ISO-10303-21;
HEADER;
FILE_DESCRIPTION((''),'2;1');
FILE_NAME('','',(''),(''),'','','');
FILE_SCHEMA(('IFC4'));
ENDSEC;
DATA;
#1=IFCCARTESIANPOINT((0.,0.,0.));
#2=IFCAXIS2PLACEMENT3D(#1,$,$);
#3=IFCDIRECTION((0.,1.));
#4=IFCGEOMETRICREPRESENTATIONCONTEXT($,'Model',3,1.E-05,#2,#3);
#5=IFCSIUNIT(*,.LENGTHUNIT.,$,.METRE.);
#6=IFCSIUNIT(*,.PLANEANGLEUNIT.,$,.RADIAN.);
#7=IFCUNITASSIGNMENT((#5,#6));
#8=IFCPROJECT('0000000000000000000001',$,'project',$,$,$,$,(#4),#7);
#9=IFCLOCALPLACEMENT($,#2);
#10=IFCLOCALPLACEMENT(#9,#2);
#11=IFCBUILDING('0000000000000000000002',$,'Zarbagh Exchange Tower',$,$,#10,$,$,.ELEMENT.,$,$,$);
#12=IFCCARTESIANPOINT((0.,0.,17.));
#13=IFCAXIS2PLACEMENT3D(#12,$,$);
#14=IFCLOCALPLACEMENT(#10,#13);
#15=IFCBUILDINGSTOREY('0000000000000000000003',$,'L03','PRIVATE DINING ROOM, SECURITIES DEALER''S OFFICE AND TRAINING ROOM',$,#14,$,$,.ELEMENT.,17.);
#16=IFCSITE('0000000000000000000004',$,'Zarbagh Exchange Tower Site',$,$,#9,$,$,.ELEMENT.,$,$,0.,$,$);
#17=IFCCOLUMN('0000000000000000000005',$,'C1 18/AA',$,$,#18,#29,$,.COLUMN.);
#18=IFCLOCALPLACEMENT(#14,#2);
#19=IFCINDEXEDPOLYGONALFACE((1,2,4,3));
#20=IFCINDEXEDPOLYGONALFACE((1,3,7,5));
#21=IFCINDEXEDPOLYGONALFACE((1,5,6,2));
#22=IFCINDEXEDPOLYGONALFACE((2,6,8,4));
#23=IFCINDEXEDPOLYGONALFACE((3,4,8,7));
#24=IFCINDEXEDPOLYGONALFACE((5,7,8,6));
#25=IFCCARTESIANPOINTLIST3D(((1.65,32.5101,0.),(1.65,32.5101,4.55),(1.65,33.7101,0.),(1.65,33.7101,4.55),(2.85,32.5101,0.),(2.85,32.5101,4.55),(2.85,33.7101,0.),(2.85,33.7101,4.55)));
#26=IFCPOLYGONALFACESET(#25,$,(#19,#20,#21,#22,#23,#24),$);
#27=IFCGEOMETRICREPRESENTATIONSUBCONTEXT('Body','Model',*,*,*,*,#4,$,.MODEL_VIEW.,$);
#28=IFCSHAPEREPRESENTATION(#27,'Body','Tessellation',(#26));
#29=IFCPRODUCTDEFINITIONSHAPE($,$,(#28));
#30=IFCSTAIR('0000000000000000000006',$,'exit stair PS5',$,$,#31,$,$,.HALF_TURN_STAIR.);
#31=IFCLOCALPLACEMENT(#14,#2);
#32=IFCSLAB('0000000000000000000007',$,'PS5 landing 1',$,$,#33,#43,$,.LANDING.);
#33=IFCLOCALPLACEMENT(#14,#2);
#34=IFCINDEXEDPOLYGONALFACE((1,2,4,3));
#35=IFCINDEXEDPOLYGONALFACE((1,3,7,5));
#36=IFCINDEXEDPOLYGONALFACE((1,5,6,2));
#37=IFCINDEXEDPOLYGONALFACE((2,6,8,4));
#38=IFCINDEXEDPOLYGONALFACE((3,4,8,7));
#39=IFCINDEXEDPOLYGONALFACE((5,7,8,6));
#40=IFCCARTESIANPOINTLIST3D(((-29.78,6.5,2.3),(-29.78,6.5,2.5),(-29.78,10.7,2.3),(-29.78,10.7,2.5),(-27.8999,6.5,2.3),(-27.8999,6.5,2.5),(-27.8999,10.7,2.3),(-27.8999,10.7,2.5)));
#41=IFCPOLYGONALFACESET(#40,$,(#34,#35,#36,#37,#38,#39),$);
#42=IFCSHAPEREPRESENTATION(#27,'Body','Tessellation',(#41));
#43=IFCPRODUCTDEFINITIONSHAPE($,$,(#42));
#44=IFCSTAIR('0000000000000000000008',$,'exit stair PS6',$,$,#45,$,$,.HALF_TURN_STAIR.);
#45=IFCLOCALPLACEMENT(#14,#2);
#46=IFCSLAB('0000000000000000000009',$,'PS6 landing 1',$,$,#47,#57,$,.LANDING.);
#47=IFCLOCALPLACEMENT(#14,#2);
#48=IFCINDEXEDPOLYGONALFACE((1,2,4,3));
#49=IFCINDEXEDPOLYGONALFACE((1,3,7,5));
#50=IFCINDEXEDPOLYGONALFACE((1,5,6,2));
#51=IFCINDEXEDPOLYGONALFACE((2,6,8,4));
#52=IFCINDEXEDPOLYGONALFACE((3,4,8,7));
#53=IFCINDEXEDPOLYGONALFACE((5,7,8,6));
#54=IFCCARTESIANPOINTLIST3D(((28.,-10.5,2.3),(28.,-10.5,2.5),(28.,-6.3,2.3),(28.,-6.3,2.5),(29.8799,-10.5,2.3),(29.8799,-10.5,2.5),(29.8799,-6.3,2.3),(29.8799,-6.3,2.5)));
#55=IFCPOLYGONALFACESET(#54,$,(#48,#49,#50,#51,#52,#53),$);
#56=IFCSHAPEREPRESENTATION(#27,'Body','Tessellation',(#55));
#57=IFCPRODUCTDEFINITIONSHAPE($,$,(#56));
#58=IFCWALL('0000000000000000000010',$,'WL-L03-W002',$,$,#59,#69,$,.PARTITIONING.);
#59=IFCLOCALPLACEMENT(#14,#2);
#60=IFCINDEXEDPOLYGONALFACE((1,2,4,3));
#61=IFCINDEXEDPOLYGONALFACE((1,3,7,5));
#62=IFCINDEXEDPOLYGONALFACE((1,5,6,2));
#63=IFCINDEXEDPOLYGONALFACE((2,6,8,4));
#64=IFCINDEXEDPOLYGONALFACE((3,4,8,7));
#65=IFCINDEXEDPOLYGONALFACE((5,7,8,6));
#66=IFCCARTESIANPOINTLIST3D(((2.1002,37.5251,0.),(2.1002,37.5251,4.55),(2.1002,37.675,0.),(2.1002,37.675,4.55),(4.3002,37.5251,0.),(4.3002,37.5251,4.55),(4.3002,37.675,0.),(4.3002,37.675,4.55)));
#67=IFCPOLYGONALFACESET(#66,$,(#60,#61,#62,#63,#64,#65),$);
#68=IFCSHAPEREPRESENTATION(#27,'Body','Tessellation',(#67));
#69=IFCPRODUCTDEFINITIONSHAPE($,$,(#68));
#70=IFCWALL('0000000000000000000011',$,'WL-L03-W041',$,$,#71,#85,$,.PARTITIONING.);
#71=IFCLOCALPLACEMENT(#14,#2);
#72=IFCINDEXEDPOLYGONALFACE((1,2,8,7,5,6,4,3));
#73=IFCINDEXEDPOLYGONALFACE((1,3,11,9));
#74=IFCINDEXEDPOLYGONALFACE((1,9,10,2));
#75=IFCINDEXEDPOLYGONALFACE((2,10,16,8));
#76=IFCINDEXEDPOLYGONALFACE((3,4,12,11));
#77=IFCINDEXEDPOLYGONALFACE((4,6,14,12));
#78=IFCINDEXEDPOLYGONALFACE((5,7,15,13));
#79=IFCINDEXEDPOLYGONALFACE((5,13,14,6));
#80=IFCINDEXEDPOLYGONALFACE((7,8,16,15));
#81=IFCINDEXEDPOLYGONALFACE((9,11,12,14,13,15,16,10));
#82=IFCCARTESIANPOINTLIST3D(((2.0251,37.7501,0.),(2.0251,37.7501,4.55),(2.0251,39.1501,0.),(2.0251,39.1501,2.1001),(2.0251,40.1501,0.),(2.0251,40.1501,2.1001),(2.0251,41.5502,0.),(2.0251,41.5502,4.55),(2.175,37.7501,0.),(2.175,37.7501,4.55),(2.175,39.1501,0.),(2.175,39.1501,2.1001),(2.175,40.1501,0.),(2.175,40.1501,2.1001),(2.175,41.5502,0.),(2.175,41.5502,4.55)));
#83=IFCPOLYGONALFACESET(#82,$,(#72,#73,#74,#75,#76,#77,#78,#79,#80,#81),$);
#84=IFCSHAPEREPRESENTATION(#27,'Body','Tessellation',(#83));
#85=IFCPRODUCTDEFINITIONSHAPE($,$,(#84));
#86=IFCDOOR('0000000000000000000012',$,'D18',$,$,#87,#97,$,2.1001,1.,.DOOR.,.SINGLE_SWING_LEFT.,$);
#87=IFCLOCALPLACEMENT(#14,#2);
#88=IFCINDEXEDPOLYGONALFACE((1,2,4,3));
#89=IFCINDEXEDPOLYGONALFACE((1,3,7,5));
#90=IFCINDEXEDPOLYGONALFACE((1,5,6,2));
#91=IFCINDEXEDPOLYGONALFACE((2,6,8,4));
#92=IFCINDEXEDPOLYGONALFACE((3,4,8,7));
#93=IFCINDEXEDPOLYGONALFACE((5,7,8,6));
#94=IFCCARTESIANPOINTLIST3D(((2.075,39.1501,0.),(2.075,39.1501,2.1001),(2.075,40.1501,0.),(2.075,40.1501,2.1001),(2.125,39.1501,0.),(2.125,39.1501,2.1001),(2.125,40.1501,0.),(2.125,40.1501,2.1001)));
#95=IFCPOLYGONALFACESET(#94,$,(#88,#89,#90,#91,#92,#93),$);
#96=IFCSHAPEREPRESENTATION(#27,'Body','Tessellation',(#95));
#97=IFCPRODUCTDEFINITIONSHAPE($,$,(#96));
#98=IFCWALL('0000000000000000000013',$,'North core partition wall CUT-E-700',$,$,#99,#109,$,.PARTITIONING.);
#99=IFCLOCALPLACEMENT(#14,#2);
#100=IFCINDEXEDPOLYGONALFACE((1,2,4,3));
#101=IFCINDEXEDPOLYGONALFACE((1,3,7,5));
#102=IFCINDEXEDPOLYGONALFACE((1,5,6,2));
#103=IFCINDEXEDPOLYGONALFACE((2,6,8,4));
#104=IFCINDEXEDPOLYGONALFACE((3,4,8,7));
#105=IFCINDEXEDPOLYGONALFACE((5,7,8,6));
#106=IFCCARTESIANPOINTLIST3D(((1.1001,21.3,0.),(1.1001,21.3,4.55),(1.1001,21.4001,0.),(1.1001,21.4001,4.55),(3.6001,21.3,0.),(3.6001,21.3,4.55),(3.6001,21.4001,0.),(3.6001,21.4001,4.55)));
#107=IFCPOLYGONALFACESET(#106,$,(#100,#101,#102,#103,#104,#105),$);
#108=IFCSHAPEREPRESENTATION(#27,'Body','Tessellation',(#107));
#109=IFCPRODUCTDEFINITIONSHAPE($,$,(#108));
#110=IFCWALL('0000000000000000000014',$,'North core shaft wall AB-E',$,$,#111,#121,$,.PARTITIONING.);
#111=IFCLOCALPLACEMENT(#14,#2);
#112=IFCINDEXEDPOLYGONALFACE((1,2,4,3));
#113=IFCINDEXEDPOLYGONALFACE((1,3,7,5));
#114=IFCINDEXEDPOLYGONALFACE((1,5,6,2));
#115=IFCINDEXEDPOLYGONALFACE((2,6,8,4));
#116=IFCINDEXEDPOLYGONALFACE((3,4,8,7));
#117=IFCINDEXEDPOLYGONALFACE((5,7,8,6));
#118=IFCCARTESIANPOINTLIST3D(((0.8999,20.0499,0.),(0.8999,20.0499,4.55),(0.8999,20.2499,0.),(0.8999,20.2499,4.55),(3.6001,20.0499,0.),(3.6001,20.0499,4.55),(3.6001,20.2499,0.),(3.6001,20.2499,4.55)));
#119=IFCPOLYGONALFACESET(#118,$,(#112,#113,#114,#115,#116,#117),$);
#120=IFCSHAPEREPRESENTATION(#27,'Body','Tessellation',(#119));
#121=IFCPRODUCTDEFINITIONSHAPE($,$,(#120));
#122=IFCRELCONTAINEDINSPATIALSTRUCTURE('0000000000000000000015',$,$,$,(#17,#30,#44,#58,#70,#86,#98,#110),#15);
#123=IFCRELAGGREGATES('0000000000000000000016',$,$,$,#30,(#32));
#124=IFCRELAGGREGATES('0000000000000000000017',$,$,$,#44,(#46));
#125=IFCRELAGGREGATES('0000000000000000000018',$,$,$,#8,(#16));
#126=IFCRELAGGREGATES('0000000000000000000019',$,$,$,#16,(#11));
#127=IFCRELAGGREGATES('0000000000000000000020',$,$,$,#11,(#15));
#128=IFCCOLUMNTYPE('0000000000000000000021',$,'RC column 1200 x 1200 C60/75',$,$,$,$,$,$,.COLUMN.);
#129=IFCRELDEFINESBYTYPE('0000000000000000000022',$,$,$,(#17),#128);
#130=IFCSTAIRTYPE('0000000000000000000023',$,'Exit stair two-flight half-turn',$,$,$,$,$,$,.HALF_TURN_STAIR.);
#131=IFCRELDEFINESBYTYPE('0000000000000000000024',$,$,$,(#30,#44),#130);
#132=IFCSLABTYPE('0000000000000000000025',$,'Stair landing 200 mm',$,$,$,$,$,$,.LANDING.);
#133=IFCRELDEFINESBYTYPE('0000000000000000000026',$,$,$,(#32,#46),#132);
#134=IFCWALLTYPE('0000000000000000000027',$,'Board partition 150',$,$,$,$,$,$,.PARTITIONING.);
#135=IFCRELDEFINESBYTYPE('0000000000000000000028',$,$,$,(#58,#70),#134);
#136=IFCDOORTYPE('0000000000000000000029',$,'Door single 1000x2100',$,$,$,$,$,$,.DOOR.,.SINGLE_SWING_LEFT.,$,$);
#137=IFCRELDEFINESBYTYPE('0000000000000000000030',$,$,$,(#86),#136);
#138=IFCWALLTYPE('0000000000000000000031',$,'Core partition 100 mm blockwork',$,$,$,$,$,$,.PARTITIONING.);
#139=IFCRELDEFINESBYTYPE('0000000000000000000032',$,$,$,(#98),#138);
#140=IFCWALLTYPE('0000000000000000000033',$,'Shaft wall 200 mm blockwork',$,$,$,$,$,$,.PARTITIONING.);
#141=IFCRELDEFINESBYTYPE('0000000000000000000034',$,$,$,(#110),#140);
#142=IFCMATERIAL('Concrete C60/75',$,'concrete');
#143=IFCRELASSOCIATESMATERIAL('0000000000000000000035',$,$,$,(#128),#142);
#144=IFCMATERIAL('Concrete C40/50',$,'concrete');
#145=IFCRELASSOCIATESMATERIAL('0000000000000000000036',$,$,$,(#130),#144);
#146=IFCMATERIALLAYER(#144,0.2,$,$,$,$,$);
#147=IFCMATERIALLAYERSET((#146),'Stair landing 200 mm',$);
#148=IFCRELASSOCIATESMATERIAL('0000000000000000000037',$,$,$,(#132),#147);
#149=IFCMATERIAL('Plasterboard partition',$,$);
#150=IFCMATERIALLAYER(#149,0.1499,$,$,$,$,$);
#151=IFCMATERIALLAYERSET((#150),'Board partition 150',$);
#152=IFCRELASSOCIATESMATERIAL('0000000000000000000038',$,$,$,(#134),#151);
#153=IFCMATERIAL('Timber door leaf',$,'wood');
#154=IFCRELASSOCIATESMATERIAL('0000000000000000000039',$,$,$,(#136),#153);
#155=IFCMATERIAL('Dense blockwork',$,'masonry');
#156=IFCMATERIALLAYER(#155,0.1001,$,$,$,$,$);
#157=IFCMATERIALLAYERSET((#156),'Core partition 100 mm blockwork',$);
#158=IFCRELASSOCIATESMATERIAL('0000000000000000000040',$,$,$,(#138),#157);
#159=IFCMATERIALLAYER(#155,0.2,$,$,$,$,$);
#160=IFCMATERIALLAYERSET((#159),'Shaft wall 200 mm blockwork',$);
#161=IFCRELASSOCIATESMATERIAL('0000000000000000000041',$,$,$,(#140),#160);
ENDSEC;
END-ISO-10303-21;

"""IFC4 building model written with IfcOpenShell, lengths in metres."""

from ifc_helpers import new_model, si_unit, direction, frame, frame_2d, origin, origin_2d, place, context, subcontext, project, spatial, polyline, rectangle, outline, extrude, material, layer, layer_set, material_profile, profile_set, type_object, element, fill, aggregate, save


model = new_model("IFC4")

# Units and contexts
model_context = context("Model", 3, precision=1e-05, world=origin(), true_north=direction((0.0, 1.0)))
body_context = subcontext(model_context, "Body", "Model", "MODEL_VIEW")
ifc_project = project(units=[si_unit("LENGTHUNIT", "METRE"), si_unit("PLANEANGLEUNIT", "RADIAN")], contexts=[model_context])

# Site, building, storey
site_placement = place(None, origin())
site = spatial("IfcSite", under=ifc_project, at=site_placement, Name="Zarbagh Exchange Tower Site", CompositionType="ELEMENT", RefElevation=0.0)
building_placement = place(site_placement, origin())
building = spatial("IfcBuilding", under=site, at=building_placement, Name="Zarbagh Exchange Tower", CompositionType="ELEMENT")
storey_placement = place(building_placement, frame((0.0, 0.0, 17.0)))
storey = spatial("IfcBuildingStorey", under=building, at=storey_placement, Name="L03", Description="PRIVATE DINING ROOM, SECURITIES DEALER'S OFFICE AND TRAINING ROOM", CompositionType="ELEMENT", Elevation=17.0)

# Column
ifc_material_1 = material(Name="Concrete C60/75", Category="concrete")
ifc_material_profile = material_profile(ifc_material_1, rectangle(XDim=1.2, YDim=1.2, at=origin_2d()), Name="RC column 1200 x 1200 C60/75")
ifc_profile_set = profile_set([ifc_material_profile], Name="Concrete C60/75")
column_type = type_object("IfcColumnType", Name="RC column 1200 x 1200 C60/75", PredefinedType="COLUMN", material=ifc_profile_set)
column_placement = place(storey_placement, frame((2.25, 33.1101, 0.0), z_axis=(0.0, 0.0, 1.0), x_axis=(1.0, 0.0, 0.0)))
element("IfcColumn", 1, at=column_placement, inside=storey, type_object=column_type, Name="C1 18/AA", PredefinedType="COLUMN", context=body_context, shape_type="SweptSolid", body=[
    extrude(rectangle(XDim=1.2, YDim=1.2, at=origin_2d()), origin(), (0.0, 0.0, 1.0), 4.55),
])

# Stairs, slabs
ifc_material_2 = material(Name="Concrete C40/50", Category="concrete")
stair_type = type_object("IfcStairType", Name="Exit stair two-flight half-turn", PredefinedType="HALF_TURN_STAIR", material=ifc_material_2)
stair_1_placement = place(storey_placement, origin())
stair_1 = element("IfcStair", 2, at=stair_1_placement, inside=storey, type_object=stair_type, Name="exit stair PS5", PredefinedType="HALF_TURN_STAIR")
ifc_layer_1 = layer(ifc_material_2, 0.2)
ifc_layer_set_1 = layer_set([ifc_layer_1], Name="Stair landing 200 mm")
slab_type = type_object("IfcSlabType", Name="Stair landing 200 mm", PredefinedType="LANDING", material=ifc_layer_set_1)
slab_1_placement = place(storey_placement, frame((0.0, 0.0, 2.3)))
slab_1 = element("IfcSlab", 3, at=slab_1_placement, type_object=slab_type, Name="PS5 landing 1", PredefinedType="LANDING", context=body_context, shape_type="SweptSolid", body=[
    extrude(outline(polyline([(-29.78, 6.5), (-27.8999, 6.5), (-27.8999, 10.7), (-29.78, 10.7), (-29.78, 6.5)])), origin(), (0.0, 0.0, 1.0), 0.2),
])
aggregate(stair_1, [slab_1])
stair_2_placement = place(storey_placement, origin())
stair_2 = element("IfcStair", 4, at=stair_2_placement, inside=storey, type_object=stair_type, Name="exit stair PS6", PredefinedType="HALF_TURN_STAIR")
slab_2_placement = place(storey_placement, frame((0.0, 0.0, 2.3)))
slab_2 = element("IfcSlab", 5, at=slab_2_placement, type_object=slab_type, Name="PS6 landing 1", PredefinedType="LANDING", context=body_context, shape_type="SweptSolid", body=[
    extrude(outline(polyline([(29.8799, -6.3), (28.0, -6.3), (28.0, -10.5), (29.8799, -10.5), (29.8799, -6.3)])), origin(), (0.0, 0.0, 1.0), 0.2),
])
aggregate(stair_2, [slab_2])

# Wall
ifc_material_3 = material(Name="Plasterboard partition")
ifc_layer_2 = layer(ifc_material_3, 0.1499)
ifc_layer_set_2 = layer_set([ifc_layer_2], Name="Board partition 150")
wall_type_1 = type_object("IfcWallType", Name="Board partition 150", PredefinedType="PARTITIONING", material=ifc_layer_set_2)
wall_1_placement = place(storey_placement, frame((2.1001, 37.6001, 0.0), z_axis=(0.0, 0.0, 1.0), x_axis=(1.0, 0.0, 0.0)))
element("IfcWall", 6, at=wall_1_placement, inside=storey, type_object=wall_type_1, Name="WL-L03-W002", PredefinedType="PARTITIONING", context=body_context, shape_type="SweptSolid", body=[
    extrude(rectangle(XDim=2.2, YDim=0.1499, at=frame_2d((1.1001, 0.0))), origin(), (0.0, 0.0, 1.0), 4.55),
])

# Wall, opening, door
wall_2_placement = place(storey_placement, frame((2.1001, 41.55, 0.0), z_axis=(0.0, 0.0, 1.0), x_axis=(0.0, -1.0, 0.0)))
wall_2 = element("IfcWall", 7, at=wall_2_placement, inside=storey, type_object=wall_type_1, Name="WL-L03-W041", PredefinedType="PARTITIONING", context=body_context, shape_type="SweptSolid", body=[
    extrude(rectangle(XDim=3.8, YDim=0.1499, at=frame_2d((1.8999, 0.0))), origin(), (0.0, 0.0, 1.0), 4.55),
])
opening_1_placement = place(wall_2_placement, frame((1.3999, 0.0, 0.0)))
opening_1 = element("IfcOpeningElement", 8, at=opening_1_placement, cuts=wall_2, PredefinedType="OPENING", context=body_context, shape_type="SweptSolid", body=[
    extrude(rectangle(XDim=1.0, YDim=2.1001, at=frame_2d((0.5, 1.05))), frame((0.0, 0.085, 0.0), z_axis=(0.0, -1.0, 0.0), x_axis=(1.0, 0.0, 0.0)), (0.0, 0.0, 1.0), 0.1699),
])
ifc_material_4 = material(Name="Timber door leaf", Category="wood")
door_type_1 = type_object("IfcDoorType", Name="Door single 1000x2100", OperationType="SINGLE_SWING_LEFT", PredefinedType="DOOR", material=ifc_material_4)
door_1_placement = place(opening_1_placement, origin())
door_1 = element("IfcDoor", 9, at=door_1_placement, inside=storey, type_object=door_type_1, Name="D18", OperationType="SINGLE_SWING_LEFT", OverallHeight=2.1001, OverallWidth=1.0, PredefinedType="DOOR", context=body_context, shape_type="SweptSolid", body=[
    extrude(rectangle(XDim=1.0, YDim=2.1001, at=frame_2d((0.5, 1.05))), frame((0.0, 0.0249, 0.0), z_axis=(0.0, -1.0, 0.0), x_axis=(1.0, 0.0, 0.0)), (0.0, 0.0, 1.0), 0.05),
])
fill(opening_1, door_1)

# Walls
ifc_material_5 = material(Name="Dense blockwork", Category="masonry")
ifc_layer_3 = layer(ifc_material_5, 0.1001)
ifc_layer_set_3 = layer_set([ifc_layer_3], Name="Core partition 100 mm blockwork")
wall_type_2 = type_object("IfcWallType", Name="Core partition 100 mm blockwork", PredefinedType="PARTITIONING", material=ifc_layer_set_3)
wall_3_placement = place(storey_placement, frame((1.1001, 21.3501, 0.0), z_axis=(0.0, 0.0, 1.0), x_axis=(1.0, 0.0, 0.0)))
element("IfcWall", 10, at=wall_3_placement, inside=storey, type_object=wall_type_2, Name="North core partition wall CUT-E-700", PredefinedType="PARTITIONING", context=body_context, shape_type="SweptSolid", body=[
    extrude(rectangle(XDim=2.5, YDim=0.1001, at=frame_2d((1.25, 0.0))), origin(), (0.0, 0.0, 1.0), 4.55),
])
ifc_layer_4 = layer(ifc_material_5, 0.2)
ifc_layer_set_4 = layer_set([ifc_layer_4], Name="Shaft wall 200 mm blockwork")
wall_type_3 = type_object("IfcWallType", Name="Shaft wall 200 mm blockwork", PredefinedType="PARTITIONING", material=ifc_layer_set_4)
wall_4_placement = place(storey_placement, frame((0.8999, 20.1499, 0.0), z_axis=(0.0, 0.0, 1.0), x_axis=(1.0, 0.0, 0.0)))
element("IfcWall", 11, at=wall_4_placement, inside=storey, type_object=wall_type_3, Name="North core shaft wall AB-E", PredefinedType="PARTITIONING", context=body_context, shape_type="SweptSolid", body=[
    extrude(rectangle(XDim=2.7002, YDim=0.2, at=frame_2d((1.3501, 0.0))), origin(), (0.0, 0.0, 1.0), 4.55),
])

save(model, "model.ifc")
